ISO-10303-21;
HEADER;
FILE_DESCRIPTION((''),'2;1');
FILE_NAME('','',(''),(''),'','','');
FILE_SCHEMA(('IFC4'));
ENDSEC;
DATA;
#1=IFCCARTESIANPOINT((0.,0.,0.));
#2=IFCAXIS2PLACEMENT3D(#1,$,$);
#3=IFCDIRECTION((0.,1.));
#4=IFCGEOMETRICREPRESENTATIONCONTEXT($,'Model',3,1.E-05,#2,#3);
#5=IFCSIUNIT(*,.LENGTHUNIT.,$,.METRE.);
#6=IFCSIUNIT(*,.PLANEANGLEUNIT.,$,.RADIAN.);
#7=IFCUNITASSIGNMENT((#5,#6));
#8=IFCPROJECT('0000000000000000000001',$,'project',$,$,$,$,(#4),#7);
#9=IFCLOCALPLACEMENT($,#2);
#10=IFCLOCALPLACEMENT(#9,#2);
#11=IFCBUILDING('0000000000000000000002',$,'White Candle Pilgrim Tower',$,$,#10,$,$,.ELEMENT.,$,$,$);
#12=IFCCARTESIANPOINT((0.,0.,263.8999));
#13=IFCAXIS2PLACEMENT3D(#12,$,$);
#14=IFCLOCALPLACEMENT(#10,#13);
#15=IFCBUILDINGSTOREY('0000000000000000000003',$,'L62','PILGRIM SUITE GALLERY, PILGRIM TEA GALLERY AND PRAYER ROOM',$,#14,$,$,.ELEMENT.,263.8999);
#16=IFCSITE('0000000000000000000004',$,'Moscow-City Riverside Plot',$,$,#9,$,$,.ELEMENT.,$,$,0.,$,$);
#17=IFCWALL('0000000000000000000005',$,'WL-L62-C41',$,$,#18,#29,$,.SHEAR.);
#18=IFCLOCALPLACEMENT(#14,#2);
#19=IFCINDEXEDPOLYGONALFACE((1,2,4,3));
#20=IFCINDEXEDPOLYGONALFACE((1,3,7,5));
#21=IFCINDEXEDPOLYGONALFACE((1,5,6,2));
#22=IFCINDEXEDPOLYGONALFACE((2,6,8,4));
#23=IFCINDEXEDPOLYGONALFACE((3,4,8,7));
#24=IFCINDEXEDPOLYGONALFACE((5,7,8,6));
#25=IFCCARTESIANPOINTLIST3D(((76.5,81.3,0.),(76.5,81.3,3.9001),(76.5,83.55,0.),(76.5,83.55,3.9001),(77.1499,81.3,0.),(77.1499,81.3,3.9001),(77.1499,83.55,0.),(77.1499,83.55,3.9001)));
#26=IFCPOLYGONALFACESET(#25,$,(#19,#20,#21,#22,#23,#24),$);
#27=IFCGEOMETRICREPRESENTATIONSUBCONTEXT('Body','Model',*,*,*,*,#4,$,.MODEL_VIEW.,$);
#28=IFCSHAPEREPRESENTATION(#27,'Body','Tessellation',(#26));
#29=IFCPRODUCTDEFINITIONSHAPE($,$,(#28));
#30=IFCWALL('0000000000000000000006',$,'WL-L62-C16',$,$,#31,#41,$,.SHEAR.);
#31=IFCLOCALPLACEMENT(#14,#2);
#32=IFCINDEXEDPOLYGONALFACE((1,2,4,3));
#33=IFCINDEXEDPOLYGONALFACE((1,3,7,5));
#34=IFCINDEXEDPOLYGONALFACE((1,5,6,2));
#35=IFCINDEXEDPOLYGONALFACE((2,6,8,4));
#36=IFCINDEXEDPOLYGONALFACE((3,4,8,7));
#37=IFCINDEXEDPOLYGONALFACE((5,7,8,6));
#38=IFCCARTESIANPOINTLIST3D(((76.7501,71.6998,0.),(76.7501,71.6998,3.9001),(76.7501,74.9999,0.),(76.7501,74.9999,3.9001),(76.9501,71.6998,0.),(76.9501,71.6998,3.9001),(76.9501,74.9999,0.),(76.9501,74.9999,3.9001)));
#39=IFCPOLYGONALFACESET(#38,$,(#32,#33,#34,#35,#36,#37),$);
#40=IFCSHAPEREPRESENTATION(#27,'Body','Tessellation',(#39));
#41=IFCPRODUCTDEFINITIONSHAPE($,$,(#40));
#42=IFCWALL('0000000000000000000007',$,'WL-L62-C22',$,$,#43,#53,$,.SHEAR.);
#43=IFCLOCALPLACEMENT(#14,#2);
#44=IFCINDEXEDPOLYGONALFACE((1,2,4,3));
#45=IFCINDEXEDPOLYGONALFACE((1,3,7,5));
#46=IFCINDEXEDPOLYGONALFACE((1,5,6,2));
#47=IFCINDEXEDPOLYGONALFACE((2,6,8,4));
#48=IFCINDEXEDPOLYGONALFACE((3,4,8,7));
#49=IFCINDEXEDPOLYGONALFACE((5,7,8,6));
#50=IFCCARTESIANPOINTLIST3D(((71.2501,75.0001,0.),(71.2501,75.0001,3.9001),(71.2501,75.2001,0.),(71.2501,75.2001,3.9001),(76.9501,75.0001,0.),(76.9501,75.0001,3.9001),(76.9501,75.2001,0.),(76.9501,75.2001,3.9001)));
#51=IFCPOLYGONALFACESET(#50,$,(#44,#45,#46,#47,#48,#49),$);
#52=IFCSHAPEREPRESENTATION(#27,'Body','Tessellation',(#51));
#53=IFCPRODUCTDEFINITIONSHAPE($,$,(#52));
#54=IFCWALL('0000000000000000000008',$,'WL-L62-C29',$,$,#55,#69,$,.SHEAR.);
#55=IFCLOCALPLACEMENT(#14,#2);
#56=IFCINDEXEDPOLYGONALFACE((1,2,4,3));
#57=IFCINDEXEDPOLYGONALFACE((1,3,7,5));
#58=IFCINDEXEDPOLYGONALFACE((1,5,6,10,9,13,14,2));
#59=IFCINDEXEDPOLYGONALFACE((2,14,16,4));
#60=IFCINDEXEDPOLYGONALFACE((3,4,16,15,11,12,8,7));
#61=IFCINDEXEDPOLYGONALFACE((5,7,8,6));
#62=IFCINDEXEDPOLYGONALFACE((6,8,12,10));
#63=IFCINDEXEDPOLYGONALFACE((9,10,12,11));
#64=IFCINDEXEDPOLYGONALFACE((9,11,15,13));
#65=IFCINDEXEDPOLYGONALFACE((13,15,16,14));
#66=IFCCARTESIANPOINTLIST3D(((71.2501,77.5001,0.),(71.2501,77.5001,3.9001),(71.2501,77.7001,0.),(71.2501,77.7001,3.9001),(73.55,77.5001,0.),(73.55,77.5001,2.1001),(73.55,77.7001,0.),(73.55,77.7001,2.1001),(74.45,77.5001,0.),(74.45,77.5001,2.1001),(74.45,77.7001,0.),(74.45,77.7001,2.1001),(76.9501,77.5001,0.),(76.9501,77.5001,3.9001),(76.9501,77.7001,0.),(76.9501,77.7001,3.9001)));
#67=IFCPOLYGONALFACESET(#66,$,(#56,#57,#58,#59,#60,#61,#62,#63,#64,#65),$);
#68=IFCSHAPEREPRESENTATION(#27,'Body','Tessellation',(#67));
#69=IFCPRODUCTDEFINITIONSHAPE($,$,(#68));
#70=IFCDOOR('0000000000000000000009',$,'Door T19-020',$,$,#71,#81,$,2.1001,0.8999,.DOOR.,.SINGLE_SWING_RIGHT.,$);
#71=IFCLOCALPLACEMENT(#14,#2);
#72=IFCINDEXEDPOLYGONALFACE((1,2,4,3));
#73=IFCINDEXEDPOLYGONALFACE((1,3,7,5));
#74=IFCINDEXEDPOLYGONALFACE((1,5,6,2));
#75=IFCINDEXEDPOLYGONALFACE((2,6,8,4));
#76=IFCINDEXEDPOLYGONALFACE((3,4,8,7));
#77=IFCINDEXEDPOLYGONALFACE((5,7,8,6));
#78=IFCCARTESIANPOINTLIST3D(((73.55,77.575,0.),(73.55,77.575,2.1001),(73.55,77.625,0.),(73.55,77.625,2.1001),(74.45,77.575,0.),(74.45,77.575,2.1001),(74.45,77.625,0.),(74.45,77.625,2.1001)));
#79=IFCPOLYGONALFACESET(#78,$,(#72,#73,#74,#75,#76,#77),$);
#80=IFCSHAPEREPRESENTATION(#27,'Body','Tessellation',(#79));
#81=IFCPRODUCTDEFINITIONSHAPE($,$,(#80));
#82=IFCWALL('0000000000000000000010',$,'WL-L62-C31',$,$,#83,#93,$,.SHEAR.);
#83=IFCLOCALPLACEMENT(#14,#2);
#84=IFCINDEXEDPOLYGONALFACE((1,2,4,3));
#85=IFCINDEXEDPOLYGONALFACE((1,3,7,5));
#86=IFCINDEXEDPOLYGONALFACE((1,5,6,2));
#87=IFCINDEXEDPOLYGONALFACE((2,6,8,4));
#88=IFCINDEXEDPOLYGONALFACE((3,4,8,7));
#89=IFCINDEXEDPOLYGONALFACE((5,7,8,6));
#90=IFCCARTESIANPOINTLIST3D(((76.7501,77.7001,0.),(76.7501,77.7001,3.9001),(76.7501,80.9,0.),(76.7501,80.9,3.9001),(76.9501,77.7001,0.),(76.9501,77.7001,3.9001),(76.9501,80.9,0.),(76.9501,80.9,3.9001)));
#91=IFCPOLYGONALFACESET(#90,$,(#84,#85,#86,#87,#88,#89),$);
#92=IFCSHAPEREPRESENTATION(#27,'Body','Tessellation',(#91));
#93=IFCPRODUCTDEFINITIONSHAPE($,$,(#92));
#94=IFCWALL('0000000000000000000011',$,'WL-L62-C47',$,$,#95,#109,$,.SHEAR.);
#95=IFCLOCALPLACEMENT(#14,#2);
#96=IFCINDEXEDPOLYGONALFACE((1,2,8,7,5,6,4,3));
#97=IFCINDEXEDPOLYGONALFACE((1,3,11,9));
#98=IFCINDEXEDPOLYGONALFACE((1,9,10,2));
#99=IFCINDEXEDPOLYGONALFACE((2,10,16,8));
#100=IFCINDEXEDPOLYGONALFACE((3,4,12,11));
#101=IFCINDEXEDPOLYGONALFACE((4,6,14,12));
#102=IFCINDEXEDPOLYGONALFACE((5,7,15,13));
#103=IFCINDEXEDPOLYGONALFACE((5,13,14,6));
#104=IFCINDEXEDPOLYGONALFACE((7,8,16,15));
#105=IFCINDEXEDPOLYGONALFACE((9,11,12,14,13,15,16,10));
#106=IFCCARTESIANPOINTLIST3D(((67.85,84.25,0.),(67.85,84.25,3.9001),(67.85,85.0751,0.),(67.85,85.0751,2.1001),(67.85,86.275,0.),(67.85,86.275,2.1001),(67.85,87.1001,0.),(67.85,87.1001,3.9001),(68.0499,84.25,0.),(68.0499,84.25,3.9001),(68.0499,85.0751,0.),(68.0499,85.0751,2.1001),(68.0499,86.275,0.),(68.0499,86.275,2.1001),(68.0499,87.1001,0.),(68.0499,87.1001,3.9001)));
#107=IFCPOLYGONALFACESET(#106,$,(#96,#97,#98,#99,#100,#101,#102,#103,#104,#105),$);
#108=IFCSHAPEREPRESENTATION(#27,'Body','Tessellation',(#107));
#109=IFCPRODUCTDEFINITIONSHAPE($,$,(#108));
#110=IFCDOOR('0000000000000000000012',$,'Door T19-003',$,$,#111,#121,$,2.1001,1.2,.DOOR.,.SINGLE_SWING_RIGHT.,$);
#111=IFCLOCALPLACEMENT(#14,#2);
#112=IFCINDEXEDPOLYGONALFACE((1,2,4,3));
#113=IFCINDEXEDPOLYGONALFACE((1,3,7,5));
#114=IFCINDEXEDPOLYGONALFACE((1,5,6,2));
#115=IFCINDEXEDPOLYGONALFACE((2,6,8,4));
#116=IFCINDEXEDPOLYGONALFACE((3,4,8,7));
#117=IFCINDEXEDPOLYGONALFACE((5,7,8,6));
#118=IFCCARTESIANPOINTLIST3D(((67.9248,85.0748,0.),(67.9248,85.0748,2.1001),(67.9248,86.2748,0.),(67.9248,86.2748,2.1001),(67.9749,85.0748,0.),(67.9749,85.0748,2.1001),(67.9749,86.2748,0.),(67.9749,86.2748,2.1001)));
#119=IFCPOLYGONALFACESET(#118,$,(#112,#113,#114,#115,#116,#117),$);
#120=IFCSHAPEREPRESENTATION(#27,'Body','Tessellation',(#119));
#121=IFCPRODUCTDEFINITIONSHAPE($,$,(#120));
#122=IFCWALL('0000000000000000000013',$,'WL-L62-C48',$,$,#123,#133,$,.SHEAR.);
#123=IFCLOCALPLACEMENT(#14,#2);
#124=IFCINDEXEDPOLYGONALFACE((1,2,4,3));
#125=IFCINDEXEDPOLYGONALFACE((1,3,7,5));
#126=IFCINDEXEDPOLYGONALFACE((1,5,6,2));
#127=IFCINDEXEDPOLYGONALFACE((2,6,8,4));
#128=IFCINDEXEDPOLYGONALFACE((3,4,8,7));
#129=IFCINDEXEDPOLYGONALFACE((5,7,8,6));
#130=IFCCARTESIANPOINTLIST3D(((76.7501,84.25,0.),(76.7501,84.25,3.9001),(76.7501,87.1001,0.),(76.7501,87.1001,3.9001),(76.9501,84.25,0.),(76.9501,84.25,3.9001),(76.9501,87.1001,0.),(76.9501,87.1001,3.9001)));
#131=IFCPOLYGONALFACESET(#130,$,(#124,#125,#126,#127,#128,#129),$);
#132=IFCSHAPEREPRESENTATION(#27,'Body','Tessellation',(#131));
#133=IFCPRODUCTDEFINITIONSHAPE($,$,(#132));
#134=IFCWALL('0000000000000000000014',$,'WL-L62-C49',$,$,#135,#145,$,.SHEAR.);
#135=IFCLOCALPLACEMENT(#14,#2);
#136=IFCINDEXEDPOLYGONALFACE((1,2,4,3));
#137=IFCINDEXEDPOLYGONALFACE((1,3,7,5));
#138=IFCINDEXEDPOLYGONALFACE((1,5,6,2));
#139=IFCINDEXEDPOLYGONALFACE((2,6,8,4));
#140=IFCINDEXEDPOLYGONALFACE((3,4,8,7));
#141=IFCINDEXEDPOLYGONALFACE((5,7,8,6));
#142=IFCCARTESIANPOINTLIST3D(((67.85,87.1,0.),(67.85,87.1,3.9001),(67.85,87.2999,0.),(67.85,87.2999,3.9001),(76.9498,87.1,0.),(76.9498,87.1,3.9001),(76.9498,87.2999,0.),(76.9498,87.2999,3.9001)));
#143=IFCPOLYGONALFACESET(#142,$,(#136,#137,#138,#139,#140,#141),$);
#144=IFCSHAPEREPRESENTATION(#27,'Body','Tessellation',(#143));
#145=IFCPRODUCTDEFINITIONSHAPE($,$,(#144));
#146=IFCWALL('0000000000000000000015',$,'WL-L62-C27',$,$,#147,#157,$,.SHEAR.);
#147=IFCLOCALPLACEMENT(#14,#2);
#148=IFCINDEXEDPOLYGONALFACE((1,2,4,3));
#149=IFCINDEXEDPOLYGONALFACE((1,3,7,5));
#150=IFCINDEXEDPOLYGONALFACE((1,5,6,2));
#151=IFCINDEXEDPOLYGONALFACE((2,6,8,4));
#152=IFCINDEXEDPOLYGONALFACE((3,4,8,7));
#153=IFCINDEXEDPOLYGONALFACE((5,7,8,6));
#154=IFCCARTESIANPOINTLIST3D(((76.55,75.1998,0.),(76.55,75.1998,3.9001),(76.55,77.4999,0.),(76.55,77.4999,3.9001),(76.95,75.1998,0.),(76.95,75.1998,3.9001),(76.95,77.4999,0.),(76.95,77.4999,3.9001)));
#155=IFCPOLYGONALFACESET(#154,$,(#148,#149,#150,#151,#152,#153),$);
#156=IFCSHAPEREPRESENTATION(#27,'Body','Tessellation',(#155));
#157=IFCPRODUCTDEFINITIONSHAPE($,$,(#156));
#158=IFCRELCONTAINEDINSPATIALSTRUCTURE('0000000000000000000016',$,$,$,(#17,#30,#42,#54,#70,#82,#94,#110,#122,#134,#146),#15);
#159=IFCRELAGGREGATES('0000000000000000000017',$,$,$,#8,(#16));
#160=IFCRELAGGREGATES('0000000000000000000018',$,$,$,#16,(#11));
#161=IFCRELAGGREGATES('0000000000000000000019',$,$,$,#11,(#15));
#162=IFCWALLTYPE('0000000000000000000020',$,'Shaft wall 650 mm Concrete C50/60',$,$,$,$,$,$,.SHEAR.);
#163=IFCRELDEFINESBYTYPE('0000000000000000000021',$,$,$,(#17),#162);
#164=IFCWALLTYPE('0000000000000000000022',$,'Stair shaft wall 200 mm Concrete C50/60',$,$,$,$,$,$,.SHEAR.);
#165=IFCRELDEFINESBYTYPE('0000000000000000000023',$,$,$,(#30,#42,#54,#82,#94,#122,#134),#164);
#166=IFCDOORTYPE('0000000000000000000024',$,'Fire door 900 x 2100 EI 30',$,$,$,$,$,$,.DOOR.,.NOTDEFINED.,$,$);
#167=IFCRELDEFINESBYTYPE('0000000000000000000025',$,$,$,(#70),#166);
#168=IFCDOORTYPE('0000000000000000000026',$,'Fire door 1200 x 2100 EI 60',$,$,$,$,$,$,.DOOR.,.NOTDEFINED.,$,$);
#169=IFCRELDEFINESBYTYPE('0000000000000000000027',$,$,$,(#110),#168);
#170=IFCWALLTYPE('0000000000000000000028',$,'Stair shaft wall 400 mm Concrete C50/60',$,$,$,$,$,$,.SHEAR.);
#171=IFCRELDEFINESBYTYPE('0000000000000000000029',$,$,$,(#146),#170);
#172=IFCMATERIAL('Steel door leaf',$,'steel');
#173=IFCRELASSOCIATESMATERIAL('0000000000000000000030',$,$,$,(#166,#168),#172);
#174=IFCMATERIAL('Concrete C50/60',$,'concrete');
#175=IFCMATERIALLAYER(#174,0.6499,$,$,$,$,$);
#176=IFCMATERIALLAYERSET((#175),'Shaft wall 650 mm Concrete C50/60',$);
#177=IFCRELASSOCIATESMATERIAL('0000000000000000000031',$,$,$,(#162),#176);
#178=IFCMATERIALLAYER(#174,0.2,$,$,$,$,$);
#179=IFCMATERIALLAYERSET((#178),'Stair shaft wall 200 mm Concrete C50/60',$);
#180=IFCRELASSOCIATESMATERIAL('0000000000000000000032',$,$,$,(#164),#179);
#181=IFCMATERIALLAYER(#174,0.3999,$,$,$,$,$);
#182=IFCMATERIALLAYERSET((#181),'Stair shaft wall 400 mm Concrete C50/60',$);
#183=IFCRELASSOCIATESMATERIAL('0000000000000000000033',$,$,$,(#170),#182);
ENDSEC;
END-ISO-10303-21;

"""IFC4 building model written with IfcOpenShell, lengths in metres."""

from ifc_helpers import new_model, si_unit, direction, frame, frame_2d, origin, place, context, subcontext, project, spatial, rectangle, extrude, material, layer, layer_set, type_object, element, fill, save


model = new_model("IFC4")

# Units and contexts
model_context = context("Model", 3, precision=1e-05, world=origin(), true_north=direction((0.0, 1.0)))
body_context = subcontext(model_context, "Body", "Model", "MODEL_VIEW")
ifc_project = project(units=[si_unit("LENGTHUNIT", "METRE"), si_unit("PLANEANGLEUNIT", "RADIAN")], contexts=[model_context])

# Site, building, storey
site_placement = place(None, origin())
site = spatial("IfcSite", under=ifc_project, at=site_placement, Name="Moscow-City Riverside Plot", CompositionType="ELEMENT", RefElevation=0.0)
building_placement = place(site_placement, origin())
building = spatial("IfcBuilding", under=site, at=building_placement, Name="White Candle Pilgrim Tower", CompositionType="ELEMENT")
storey_placement = place(building_placement, frame((0.0, 0.0, 263.8999)))
storey = spatial("IfcBuildingStorey", under=building, at=storey_placement, Name="L62", Description="PILGRIM SUITE GALLERY, PILGRIM TEA GALLERY AND PRAYER ROOM", CompositionType="ELEMENT", Elevation=263.8999)

# Shared definitions
ifc_material_1 = material(Name="Concrete C50/60", Category="concrete")

# Shared definitions
ifc_material_2 = material(Name="Steel door leaf", Category="steel")
door_type_1 = type_object("IfcDoorType", Name="Fire door 900 x 2100 EI 30", OperationType="NOTDEFINED", PredefinedType="DOOR", material=ifc_material_2)

# Walls
ifc_layer_1 = layer(ifc_material_1, 0.6499)
ifc_layer_set_1 = layer_set([ifc_layer_1], Name="Shaft wall 650 mm Concrete C50/60")
wall_type_1 = type_object("IfcWallType", Name="Shaft wall 650 mm Concrete C50/60", PredefinedType="SHEAR", material=ifc_layer_set_1)
wall_1_placement = place(storey_placement, frame((76.825, 81.3, 0.0), z_axis=(0.0, 0.0, 1.0), x_axis=(0.0, 1.0, 0.0)))
element("IfcWall", 1, at=wall_1_placement, inside=storey, type_object=wall_type_1, Name="WL-L62-C41", PredefinedType="SHEAR", context=body_context, shape_type="SweptSolid", body=[
    extrude(rectangle(XDim=2.25, YDim=0.6499, at=frame_2d((1.125, 0.0))), origin(), (0.0, 0.0, 1.0), 3.9001),
])
ifc_layer_2 = layer(ifc_material_1, 0.2)
ifc_layer_set_2 = layer_set([ifc_layer_2], Name="Stair shaft wall 200 mm Concrete C50/60")
wall_type_2 = type_object("IfcWallType", Name="Stair shaft wall 200 mm Concrete C50/60", PredefinedType="SHEAR", material=ifc_layer_set_2)
wall_2_placement = place(storey_placement, frame((76.8501, 71.7, 0.0), z_axis=(0.0, 0.0, 1.0), x_axis=(0.0, 1.0, 0.0)))
element("IfcWall", 2, at=wall_2_placement, inside=storey, type_object=wall_type_2, Name="WL-L62-C16", PredefinedType="SHEAR", context=body_context, shape_type="SweptSolid", body=[
    extrude(rectangle(XDim=3.3, YDim=0.2, at=frame_2d((1.6499, 0.0))), origin(), (0.0, 0.0, 1.0), 3.9001),
])
wall_3_placement = place(storey_placement, frame((71.25, 75.1001, 0.0), z_axis=(0.0, 0.0, 1.0), x_axis=(1.0, 0.0, 0.0)))
element("IfcWall", 3, at=wall_3_placement, inside=storey, type_object=wall_type_2, Name="WL-L62-C22", PredefinedType="SHEAR", context=body_context, shape_type="SweptSolid", body=[
    extrude(rectangle(XDim=5.7, YDim=0.2, at=frame_2d((2.8501, 0.0))), origin(), (0.0, 0.0, 1.0), 3.9001),
])

# Wall, opening, door
wall_4_placement = place(storey_placement, frame((71.25, 77.6001, 0.0), z_axis=(0.0, 0.0, 1.0), x_axis=(1.0, 0.0, 0.0)))
wall_4 = element("IfcWall", 4, at=wall_4_placement, inside=storey, type_object=wall_type_2, Name="WL-L62-C29", PredefinedType="SHEAR", context=body_context, shape_type="SweptSolid", body=[
    extrude(rectangle(XDim=5.7, YDim=0.2, at=frame_2d((2.8501, 0.0))), origin(), (0.0, 0.0, 1.0), 3.9001),
])
opening_1_placement = place(wall_4_placement, frame((2.3, 0.0, 0.0)))
opening_1 = element("IfcOpeningElement", 5, at=opening_1_placement, cuts=wall_4, PredefinedType="OPENING", context=body_context, shape_type="SweptSolid", body=[
    extrude(rectangle(XDim=0.8999, YDim=2.1001, at=frame_2d((0.45, 1.05))), frame((0.0, 0.1099, 0.0), z_axis=(0.0, -1.0, 0.0), x_axis=(1.0, 0.0, 0.0)), (0.0, 0.0, 1.0), 0.22),
])
door_1_placement = place(opening_1_placement, origin())
door_1 = element("IfcDoor", 6, at=door_1_placement, inside=storey, type_object=door_type_1, Name="Door T19-020", OperationType="SINGLE_SWING_RIGHT", OverallHeight=2.1001, OverallWidth=0.8999, PredefinedType="DOOR", context=body_context, shape_type="SweptSolid", body=[
    extrude(rectangle(XDim=0.8999, YDim=2.1001, at=frame_2d((0.45, 1.05))), frame((0.0, 0.0249, 0.0), z_axis=(0.0, -1.0, 0.0), x_axis=(1.0, 0.0, 0.0)), (0.0, 0.0, 1.0), 0.05),
])
fill(opening_1, door_1)

# Wall
wall_5_placement = place(storey_placement, frame((76.8501, 77.7, 0.0), z_axis=(0.0, 0.0, 1.0), x_axis=(0.0, 1.0, 0.0)))
element("IfcWall", 7, at=wall_5_placement, inside=storey, type_object=wall_type_2, Name="WL-L62-C31", PredefinedType="SHEAR", context=body_context, shape_type="SweptSolid", body=[
    extrude(rectangle(XDim=3.2, YDim=0.2, at=frame_2d((1.6001, 0.0))), origin(), (0.0, 0.0, 1.0), 3.9001),
])

# Wall, opening, door
wall_6_placement = place(storey_placement, frame((67.95, 84.25, 0.0), z_axis=(0.0, 0.0, 1.0), x_axis=(0.0, 1.0, 0.0)))
wall_6 = element("IfcWall", 8, at=wall_6_placement, inside=storey, type_object=wall_type_2, Name="WL-L62-C47", PredefinedType="SHEAR", context=body_context, shape_type="SweptSolid", body=[
    extrude(rectangle(XDim=2.8501, YDim=0.2, at=frame_2d((1.425, 0.0))), origin(), (0.0, 0.0, 1.0), 3.9001),
])
opening_2_placement = place(wall_6_placement, frame((0.825, 0.0, 0.0)))
opening_2 = element("IfcOpeningElement", 9, at=opening_2_placement, cuts=wall_6, PredefinedType="OPENING", context=body_context, shape_type="SweptSolid", body=[
    extrude(rectangle(XDim=1.2, YDim=2.1001, at=frame_2d((0.6001, 1.05))), frame((0.0, 0.1099, 0.0), z_axis=(0.0, -1.0, 0.0), x_axis=(1.0, 0.0, 0.0)), (0.0, 0.0, 1.0), 0.22),
])
door_type_2 = type_object("IfcDoorType", Name="Fire door 1200 x 2100 EI 60", OperationType="NOTDEFINED", PredefinedType="DOOR", material=ifc_material_2)
door_2_placement = place(opening_2_placement, frame((1.2, 0.0, 0.0), z_axis=(0.0, 0.0, 1.0), x_axis=(-1.0, 0.0, 0.0)))
door_2 = element("IfcDoor", 10, at=door_2_placement, inside=storey, type_object=door_type_2, Name="Door T19-003", OperationType="SINGLE_SWING_RIGHT", OverallHeight=2.1001, OverallWidth=1.2, PredefinedType="DOOR", context=body_context, shape_type="SweptSolid", body=[
    extrude(rectangle(XDim=1.2, YDim=2.1001, at=frame_2d((0.6001, 1.05))), frame((0.0, 0.0249, 0.0), z_axis=(0.0, -1.0, 0.0), x_axis=(1.0, 0.0, 0.0)), (0.0, 0.0, 1.0), 0.05),
])
fill(opening_2, door_2)

# Walls
wall_7_placement = place(storey_placement, frame((76.8501, 84.25, 0.0), z_axis=(0.0, 0.0, 1.0), x_axis=(0.0, 1.0, 0.0)))
element("IfcWall", 11, at=wall_7_placement, inside=storey, type_object=wall_type_2, Name="WL-L62-C48", PredefinedType="SHEAR", context=body_context, shape_type="SweptSolid", body=[
    extrude(rectangle(XDim=2.8501, YDim=0.2, at=frame_2d((1.425, 0.0))), origin(), (0.0, 0.0, 1.0), 3.9001),
])
wall_8_placement = place(storey_placement, frame((67.8501, 87.2, 0.0), z_axis=(0.0, 0.0, 1.0), x_axis=(1.0, 0.0, 0.0)))
element("IfcWall", 12, at=wall_8_placement, inside=storey, type_object=wall_type_2, Name="WL-L62-C49", PredefinedType="SHEAR", context=body_context, shape_type="SweptSolid", body=[
    extrude(rectangle(XDim=9.0999, YDim=0.2, at=frame_2d((4.5498, 0.0))), origin(), (0.0, 0.0, 1.0), 3.9001),
])
ifc_layer_3 = layer(ifc_material_1, 0.3999)
ifc_layer_set_3 = layer_set([ifc_layer_3], Name="Stair shaft wall 400 mm Concrete C50/60")
wall_type_3 = type_object("IfcWallType", Name="Stair shaft wall 400 mm Concrete C50/60", PredefinedType="SHEAR", material=ifc_layer_set_3)
wall_9_placement = place(storey_placement, frame((76.75, 75.2, 0.0), z_axis=(0.0, 0.0, 1.0), x_axis=(0.0, 1.0, 0.0)))
element("IfcWall", 13, at=wall_9_placement, inside=storey, type_object=wall_type_3, Name="WL-L62-C27", PredefinedType="SHEAR", context=body_context, shape_type="SweptSolid", body=[
    extrude(rectangle(XDim=2.3, YDim=0.3999, at=frame_2d((1.1499, 0.0))), origin(), (0.0, 0.0, 1.0), 3.9001),
])

save(model, "model.ifc")
